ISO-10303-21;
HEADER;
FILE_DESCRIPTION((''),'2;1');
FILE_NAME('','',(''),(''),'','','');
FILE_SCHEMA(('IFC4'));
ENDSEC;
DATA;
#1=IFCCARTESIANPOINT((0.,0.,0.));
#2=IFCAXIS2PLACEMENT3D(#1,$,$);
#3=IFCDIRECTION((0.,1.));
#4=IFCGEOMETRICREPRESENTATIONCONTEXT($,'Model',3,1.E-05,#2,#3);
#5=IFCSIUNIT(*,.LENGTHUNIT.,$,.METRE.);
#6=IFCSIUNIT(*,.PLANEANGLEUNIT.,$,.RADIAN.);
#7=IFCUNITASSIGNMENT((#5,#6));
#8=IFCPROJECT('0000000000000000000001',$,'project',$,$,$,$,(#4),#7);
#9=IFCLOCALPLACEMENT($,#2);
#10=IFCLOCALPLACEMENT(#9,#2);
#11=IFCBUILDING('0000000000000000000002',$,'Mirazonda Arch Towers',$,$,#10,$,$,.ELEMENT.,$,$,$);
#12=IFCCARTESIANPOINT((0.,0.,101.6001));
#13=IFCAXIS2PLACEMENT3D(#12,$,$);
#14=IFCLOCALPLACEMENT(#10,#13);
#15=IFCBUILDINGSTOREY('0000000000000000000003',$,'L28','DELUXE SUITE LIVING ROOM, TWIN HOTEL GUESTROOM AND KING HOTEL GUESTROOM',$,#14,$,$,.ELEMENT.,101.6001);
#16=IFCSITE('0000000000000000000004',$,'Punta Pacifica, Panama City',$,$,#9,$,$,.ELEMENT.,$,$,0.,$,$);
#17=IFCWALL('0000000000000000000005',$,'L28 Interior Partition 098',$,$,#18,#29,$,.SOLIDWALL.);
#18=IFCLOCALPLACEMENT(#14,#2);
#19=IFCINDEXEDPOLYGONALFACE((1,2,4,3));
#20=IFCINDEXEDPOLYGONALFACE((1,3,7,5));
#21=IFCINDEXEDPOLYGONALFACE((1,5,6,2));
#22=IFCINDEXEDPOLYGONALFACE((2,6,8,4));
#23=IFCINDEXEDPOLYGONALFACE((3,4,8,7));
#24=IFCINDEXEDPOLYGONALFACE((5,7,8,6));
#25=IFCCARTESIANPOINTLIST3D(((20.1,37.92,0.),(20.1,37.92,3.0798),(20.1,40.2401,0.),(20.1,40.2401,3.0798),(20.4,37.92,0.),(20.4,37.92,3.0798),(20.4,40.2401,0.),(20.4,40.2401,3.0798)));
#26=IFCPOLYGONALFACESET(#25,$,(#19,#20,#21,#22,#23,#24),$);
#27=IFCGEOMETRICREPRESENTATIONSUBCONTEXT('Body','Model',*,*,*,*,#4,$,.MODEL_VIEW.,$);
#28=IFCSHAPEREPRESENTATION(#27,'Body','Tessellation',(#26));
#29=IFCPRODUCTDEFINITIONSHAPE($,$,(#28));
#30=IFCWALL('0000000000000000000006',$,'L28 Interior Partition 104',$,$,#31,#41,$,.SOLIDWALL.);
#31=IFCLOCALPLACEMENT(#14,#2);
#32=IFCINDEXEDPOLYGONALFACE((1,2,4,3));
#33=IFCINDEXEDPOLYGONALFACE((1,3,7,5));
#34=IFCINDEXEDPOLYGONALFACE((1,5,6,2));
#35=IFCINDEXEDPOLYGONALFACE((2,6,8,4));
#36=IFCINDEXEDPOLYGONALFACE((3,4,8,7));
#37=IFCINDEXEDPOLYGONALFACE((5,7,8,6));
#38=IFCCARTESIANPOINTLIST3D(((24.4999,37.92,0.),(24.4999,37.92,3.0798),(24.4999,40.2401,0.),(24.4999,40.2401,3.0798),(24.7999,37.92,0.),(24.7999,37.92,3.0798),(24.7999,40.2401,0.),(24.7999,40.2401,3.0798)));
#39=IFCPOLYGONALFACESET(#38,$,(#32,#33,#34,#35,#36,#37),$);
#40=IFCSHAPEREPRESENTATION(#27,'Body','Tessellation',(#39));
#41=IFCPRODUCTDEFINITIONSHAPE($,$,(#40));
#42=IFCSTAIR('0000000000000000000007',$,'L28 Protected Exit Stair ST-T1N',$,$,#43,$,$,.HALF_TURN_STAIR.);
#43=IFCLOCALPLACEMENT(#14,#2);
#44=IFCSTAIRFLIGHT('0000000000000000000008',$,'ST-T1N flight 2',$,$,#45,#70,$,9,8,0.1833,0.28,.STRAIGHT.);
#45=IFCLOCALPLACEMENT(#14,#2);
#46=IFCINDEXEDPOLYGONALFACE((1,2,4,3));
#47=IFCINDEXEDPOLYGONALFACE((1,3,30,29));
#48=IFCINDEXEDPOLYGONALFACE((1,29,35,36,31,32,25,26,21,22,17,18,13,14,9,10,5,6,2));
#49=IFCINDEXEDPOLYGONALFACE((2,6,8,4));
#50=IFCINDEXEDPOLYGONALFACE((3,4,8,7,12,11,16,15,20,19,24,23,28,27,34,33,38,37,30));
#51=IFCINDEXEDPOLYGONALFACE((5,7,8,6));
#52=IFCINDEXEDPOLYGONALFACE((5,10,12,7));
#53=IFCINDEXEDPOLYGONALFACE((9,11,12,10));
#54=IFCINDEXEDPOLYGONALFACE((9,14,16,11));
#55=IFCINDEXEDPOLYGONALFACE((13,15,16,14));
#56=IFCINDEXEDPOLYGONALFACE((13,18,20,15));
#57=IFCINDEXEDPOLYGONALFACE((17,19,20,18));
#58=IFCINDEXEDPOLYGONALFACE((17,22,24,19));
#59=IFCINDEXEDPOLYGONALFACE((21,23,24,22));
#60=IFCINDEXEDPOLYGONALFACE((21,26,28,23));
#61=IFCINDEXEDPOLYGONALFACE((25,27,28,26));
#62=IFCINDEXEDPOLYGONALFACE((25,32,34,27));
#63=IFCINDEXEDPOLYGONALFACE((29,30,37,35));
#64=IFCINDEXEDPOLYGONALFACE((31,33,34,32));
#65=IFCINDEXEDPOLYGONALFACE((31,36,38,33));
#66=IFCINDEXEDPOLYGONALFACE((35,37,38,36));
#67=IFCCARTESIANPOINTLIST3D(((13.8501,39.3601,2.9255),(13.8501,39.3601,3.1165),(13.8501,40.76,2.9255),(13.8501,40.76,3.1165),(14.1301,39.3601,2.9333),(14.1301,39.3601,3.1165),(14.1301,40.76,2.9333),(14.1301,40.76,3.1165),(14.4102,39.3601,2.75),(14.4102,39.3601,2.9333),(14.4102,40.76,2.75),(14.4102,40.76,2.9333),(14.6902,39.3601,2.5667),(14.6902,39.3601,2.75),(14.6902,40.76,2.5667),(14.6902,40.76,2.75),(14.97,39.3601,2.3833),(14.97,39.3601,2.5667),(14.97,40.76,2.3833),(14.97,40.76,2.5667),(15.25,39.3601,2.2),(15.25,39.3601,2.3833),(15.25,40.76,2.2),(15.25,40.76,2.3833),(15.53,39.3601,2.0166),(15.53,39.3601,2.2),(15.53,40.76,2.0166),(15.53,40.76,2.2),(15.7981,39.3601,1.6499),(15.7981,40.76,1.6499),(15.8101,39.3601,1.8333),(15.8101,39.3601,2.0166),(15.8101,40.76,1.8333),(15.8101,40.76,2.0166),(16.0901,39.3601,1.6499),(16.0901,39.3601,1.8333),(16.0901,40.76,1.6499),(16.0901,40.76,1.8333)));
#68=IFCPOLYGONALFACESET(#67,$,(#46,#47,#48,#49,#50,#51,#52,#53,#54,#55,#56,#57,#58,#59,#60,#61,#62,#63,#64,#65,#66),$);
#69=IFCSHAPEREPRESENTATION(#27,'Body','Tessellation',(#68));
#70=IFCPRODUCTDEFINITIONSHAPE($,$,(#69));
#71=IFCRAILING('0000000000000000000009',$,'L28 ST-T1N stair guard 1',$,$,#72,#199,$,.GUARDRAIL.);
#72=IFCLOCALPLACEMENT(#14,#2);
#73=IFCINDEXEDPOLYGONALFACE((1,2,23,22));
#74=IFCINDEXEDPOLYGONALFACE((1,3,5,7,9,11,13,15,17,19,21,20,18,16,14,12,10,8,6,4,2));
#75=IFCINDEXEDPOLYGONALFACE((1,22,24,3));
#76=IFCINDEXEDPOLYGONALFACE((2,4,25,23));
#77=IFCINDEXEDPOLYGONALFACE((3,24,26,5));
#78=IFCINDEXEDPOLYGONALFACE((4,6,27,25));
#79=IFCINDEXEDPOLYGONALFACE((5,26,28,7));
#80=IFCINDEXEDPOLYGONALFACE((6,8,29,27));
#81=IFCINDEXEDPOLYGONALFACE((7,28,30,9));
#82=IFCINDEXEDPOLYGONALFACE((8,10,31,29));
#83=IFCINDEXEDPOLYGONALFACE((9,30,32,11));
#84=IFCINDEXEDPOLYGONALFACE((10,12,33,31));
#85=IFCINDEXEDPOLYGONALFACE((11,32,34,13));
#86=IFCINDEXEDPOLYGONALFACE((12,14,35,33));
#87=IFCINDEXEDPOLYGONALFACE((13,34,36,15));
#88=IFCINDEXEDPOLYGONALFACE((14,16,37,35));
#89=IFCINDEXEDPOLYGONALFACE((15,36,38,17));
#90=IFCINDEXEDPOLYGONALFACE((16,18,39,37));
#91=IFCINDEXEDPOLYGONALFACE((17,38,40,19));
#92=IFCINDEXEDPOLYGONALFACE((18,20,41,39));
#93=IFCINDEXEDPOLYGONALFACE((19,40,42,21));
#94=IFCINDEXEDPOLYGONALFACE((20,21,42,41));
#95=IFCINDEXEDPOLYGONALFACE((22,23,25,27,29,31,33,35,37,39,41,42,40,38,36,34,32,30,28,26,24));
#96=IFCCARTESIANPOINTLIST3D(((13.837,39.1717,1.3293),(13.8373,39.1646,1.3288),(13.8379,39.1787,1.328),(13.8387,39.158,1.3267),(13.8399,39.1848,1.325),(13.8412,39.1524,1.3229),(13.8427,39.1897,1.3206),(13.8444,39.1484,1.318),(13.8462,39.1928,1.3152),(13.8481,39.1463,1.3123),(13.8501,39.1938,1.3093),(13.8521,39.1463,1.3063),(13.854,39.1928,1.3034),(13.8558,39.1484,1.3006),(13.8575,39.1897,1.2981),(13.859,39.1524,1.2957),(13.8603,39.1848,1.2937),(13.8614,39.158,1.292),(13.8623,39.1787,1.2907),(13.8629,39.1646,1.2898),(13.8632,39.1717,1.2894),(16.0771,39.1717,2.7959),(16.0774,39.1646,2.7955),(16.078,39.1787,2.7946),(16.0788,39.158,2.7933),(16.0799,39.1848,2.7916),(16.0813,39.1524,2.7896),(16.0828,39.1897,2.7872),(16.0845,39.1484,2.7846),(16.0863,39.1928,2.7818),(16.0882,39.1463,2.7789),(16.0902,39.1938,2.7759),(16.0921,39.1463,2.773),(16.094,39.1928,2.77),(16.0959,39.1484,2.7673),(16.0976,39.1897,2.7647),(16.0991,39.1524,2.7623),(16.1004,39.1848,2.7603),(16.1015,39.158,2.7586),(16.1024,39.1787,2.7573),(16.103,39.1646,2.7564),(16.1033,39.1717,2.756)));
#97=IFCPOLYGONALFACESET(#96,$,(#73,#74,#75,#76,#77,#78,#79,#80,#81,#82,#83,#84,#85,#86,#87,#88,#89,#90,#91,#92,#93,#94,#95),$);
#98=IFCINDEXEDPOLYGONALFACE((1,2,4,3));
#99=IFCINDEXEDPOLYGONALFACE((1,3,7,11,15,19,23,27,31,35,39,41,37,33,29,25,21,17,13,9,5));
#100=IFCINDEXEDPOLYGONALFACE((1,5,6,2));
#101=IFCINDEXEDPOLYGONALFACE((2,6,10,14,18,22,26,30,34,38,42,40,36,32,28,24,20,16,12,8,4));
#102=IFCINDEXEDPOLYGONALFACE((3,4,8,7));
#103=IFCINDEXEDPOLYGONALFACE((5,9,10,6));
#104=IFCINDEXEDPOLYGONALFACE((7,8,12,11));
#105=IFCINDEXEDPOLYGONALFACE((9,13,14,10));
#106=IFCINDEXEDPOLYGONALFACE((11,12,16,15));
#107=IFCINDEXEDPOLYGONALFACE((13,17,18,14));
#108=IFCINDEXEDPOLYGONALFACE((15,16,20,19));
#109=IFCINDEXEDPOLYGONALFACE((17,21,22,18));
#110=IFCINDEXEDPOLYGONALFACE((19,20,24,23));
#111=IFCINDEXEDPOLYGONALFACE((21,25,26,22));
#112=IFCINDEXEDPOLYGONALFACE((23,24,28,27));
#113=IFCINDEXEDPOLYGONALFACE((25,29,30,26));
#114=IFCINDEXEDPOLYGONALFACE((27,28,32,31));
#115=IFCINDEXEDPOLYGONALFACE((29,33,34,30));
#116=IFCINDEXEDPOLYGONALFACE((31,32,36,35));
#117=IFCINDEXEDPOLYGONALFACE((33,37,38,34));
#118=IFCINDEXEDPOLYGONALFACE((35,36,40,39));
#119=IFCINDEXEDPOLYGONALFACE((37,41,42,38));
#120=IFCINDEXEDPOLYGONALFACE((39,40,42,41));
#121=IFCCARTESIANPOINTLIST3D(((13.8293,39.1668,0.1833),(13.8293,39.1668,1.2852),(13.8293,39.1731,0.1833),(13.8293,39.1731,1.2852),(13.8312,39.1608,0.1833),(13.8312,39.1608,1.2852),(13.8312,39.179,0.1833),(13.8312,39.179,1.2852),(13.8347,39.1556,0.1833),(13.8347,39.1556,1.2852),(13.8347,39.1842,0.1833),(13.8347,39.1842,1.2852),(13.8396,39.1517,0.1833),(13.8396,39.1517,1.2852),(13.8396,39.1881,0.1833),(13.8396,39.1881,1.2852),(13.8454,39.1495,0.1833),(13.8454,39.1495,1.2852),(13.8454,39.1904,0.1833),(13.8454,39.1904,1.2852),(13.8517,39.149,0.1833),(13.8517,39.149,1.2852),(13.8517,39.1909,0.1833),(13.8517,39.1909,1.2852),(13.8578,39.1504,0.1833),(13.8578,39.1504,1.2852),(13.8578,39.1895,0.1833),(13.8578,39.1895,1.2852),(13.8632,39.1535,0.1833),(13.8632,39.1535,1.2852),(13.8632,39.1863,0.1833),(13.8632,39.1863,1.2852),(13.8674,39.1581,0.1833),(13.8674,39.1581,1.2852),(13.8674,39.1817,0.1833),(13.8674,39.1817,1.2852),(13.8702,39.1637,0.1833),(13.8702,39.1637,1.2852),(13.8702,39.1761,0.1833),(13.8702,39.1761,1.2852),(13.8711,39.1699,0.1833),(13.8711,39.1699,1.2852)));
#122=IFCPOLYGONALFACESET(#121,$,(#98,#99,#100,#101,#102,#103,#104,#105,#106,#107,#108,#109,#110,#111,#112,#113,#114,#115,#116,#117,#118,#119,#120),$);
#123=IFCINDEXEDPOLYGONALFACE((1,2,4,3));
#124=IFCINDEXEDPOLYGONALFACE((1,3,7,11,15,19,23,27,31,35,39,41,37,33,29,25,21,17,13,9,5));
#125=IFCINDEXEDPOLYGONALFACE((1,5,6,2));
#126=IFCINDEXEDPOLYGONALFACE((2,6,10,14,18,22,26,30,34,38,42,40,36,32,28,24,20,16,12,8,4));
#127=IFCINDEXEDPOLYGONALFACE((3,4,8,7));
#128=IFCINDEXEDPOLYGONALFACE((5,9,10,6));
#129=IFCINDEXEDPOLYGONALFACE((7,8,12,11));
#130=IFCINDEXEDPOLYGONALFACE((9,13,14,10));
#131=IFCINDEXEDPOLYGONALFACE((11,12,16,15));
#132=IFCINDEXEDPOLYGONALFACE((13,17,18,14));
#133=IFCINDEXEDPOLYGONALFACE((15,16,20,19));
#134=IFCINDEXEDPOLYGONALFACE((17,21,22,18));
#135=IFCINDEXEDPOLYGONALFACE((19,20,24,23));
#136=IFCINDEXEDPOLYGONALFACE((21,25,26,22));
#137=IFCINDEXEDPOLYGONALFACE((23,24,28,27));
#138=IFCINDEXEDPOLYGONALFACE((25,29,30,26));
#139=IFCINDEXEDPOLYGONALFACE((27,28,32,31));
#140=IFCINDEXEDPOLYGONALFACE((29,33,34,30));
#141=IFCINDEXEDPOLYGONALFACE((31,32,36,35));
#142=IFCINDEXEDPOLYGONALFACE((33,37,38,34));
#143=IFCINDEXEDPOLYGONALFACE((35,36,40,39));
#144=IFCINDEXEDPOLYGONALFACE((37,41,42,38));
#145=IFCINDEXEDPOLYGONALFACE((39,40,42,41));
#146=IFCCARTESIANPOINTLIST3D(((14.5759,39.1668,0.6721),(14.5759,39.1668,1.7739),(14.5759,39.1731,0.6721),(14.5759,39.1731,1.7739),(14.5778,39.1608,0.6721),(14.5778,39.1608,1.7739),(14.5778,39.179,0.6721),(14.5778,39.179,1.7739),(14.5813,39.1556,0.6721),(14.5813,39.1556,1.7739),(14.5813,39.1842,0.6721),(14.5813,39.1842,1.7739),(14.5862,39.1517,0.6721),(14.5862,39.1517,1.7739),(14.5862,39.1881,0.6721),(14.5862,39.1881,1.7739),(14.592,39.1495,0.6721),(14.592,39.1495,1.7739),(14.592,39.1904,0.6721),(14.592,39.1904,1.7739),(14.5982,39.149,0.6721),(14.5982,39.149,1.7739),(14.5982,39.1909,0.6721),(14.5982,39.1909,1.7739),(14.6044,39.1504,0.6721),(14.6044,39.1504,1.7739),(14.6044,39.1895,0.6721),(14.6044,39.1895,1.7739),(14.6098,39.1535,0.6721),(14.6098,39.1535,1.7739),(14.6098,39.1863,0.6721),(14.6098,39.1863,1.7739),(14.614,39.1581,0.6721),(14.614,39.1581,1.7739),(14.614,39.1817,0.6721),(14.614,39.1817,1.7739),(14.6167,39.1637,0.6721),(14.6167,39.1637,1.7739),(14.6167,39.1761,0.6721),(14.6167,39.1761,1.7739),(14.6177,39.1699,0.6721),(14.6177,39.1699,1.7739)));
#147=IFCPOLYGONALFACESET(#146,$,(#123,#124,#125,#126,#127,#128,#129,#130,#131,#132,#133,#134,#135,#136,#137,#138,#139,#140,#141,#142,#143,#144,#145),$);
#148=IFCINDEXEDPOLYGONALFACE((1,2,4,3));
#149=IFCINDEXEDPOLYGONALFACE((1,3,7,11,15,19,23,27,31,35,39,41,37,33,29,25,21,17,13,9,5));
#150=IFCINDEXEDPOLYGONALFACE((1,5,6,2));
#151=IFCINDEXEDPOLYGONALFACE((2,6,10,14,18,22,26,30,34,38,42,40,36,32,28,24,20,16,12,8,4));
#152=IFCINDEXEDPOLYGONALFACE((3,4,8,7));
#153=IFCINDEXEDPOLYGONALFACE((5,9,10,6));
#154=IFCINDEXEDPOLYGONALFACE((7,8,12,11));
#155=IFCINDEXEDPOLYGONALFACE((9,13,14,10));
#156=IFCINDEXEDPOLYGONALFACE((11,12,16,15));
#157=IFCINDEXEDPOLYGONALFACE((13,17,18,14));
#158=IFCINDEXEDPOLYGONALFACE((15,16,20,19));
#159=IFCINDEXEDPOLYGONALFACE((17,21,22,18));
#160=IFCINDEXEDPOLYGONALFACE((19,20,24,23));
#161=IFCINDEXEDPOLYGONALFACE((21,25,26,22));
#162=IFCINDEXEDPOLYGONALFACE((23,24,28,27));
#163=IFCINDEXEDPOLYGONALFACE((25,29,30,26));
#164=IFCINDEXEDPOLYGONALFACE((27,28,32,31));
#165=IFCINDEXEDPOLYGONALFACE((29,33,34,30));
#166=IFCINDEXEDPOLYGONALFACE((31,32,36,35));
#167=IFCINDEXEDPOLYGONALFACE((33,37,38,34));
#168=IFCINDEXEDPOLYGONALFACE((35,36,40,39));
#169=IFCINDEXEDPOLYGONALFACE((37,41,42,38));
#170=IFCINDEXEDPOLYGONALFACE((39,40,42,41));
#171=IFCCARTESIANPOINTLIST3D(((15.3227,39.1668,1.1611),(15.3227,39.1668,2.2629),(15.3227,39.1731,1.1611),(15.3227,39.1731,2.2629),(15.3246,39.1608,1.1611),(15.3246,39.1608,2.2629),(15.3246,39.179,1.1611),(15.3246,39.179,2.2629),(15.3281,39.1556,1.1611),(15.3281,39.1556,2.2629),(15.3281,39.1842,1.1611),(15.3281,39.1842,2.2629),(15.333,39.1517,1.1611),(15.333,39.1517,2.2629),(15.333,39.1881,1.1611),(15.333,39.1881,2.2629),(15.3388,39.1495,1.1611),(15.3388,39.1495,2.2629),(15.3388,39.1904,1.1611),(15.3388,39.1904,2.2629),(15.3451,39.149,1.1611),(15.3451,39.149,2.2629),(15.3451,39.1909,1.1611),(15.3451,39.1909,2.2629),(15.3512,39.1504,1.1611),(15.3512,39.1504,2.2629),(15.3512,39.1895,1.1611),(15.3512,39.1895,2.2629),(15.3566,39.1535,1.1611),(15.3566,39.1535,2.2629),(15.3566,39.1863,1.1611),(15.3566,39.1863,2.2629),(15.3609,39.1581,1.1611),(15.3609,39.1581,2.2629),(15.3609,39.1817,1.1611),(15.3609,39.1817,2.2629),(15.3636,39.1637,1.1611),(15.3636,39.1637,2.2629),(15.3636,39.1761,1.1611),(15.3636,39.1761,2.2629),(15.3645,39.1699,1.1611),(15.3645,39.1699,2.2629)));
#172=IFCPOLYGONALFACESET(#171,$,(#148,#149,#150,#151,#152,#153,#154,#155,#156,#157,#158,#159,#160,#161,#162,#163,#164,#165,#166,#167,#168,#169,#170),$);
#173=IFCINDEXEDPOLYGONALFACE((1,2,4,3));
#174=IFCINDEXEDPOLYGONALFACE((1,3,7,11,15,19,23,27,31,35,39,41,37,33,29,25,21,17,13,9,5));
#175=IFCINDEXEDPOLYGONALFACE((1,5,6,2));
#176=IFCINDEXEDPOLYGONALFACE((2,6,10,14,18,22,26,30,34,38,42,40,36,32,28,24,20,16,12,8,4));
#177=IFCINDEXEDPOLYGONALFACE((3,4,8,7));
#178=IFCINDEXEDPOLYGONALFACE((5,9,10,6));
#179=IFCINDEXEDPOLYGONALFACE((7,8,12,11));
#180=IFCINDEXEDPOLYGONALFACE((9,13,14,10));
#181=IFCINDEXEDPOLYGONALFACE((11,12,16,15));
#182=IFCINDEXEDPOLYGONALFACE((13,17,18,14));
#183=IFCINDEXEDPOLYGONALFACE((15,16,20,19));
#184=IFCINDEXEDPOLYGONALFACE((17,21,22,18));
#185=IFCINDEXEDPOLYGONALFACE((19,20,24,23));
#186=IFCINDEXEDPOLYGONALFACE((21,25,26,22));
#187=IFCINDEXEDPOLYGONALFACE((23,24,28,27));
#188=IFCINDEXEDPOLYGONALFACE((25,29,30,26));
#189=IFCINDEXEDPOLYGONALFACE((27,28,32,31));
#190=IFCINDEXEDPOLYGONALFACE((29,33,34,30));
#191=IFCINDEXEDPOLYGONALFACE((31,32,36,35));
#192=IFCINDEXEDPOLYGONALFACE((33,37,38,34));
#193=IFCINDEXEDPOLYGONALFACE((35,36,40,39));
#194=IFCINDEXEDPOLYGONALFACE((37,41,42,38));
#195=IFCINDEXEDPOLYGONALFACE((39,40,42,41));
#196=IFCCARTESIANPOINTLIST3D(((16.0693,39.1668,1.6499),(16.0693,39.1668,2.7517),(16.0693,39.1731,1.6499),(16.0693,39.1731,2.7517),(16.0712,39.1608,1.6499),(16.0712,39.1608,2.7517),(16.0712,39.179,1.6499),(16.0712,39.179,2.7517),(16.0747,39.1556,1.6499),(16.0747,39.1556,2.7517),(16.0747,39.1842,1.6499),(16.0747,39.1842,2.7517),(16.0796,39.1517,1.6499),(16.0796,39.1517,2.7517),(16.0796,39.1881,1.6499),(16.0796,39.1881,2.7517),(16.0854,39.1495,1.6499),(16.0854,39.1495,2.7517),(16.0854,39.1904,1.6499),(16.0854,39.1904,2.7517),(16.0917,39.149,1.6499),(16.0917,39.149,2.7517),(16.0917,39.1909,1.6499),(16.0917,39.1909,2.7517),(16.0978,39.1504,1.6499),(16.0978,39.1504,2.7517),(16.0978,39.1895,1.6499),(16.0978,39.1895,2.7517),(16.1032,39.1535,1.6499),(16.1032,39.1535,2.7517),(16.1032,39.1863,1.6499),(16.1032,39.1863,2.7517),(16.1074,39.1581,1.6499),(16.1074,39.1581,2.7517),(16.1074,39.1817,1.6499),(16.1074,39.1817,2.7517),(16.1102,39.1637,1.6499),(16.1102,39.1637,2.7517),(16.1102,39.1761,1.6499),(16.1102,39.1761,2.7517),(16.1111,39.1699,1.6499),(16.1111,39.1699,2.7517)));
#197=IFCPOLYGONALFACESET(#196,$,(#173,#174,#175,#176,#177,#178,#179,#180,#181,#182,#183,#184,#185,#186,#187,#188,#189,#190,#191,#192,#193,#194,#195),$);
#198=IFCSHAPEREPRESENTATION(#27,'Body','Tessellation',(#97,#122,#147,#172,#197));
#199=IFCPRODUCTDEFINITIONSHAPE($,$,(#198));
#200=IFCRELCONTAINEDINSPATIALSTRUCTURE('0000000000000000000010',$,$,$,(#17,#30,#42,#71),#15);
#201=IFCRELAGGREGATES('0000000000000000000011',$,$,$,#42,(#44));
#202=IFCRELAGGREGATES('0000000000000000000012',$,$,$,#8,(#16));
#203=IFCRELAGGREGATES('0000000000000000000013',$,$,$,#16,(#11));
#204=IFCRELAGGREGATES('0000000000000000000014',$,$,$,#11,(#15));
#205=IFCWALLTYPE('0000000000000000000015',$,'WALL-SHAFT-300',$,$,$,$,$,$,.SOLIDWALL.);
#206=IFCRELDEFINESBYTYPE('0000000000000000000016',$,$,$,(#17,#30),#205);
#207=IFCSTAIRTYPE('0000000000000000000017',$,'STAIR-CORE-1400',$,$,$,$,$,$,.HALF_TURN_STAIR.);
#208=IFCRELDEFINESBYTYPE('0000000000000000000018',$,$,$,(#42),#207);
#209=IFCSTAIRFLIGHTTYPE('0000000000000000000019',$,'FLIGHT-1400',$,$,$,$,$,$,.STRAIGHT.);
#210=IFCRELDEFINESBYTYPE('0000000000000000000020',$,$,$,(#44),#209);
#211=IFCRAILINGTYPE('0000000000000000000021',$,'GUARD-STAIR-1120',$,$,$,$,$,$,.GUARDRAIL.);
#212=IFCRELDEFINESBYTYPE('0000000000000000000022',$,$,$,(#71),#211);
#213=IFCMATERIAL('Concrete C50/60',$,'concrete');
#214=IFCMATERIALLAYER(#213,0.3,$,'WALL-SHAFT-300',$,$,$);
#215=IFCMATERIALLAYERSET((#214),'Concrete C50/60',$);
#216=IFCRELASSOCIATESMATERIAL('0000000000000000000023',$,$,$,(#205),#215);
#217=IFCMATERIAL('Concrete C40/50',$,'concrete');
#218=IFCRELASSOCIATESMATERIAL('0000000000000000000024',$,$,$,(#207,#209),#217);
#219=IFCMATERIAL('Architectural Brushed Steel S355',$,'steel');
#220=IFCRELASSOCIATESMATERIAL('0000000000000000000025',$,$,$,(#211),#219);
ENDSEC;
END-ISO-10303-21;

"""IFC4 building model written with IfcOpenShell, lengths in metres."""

from ifc_helpers import new_model, si_unit, direction, frame, frame_2d, origin, origin_2d, place, context, subcontext, project, spatial, polyline, rectangle, circle, outline, extrude, material, layer, layer_set, type_object, element, aggregate, save


model = new_model("IFC4")

# Units and contexts
model_context = context("Model", 3, precision=1e-05, world=origin(), true_north=direction((0.0, 1.0)))
body_context = subcontext(model_context, "Body", "Model", "MODEL_VIEW")
ifc_project = project(units=[si_unit("LENGTHUNIT", "METRE"), si_unit("PLANEANGLEUNIT", "RADIAN")], contexts=[model_context])

# Site, building, storey
site_placement = place(None, origin())
site = spatial("IfcSite", under=ifc_project, at=site_placement, Name="Punta Pacifica, Panama City", CompositionType="ELEMENT", RefElevation=0.0)
building_placement = place(site_placement, origin())
building = spatial("IfcBuilding", under=site, at=building_placement, Name="Mirazonda Arch Towers", CompositionType="ELEMENT")
storey_placement = place(building_placement, frame((0.0, 0.0, 101.6001)))
storey = spatial("IfcBuildingStorey", under=building, at=storey_placement, Name="L28", Description="DELUXE SUITE LIVING ROOM, TWIN HOTEL GUESTROOM AND KING HOTEL GUESTROOM", CompositionType="ELEMENT", Elevation=101.6001)

# Shared definitions
ifc_material_1 = material(Name="Concrete C50/60", Category="concrete")

# Shared definitions
ifc_material_2 = material(Name="Concrete C40/50", Category="concrete")

# Shared definitions
ifc_material_3 = material(Name="Architectural Brushed Steel S355", Category="steel")

# Walls
ifc_layer_1 = layer(ifc_material_1, 0.3, Name="WALL-SHAFT-300")
ifc_layer_set_1 = layer_set([ifc_layer_1], Name="Concrete C50/60")
wall_type_1 = type_object("IfcWallType", Name="WALL-SHAFT-300", PredefinedType="SOLIDWALL", material=ifc_layer_set_1)
for number, where, z_axis, x_axis, name in (
    (1, (20.25, 37.9199, 0.0), (0.0, 0.0, 1.0), (0.0, 1.0, 0.0), "L28 Interior Partition 098"),
    (2, (24.6499, 37.9199, 0.0), (0.0, 0.0, 1.0), (0.0, 1.0, 0.0), "L28 Interior Partition 104"),
):
    element("IfcWall", number, at=place(storey_placement, frame(where, z_axis=z_axis, x_axis=x_axis)), inside=storey, type_object=wall_type_1, Name=name, PredefinedType="SOLIDWALL", context=body_context, shape_type="SweptSolid", body=[
        extrude(rectangle(XDim=2.3201, YDim=0.3, at=frame_2d((1.1602, 0.0))), origin(), (0.0, 0.0, 1.0), 3.0798),
    ])

# Stair, stair flight
stair_type = type_object("IfcStairType", Name="STAIR-CORE-1400", PredefinedType="HALF_TURN_STAIR", material=ifc_material_2)
stair_placement = place(storey_placement, origin())
stair = element("IfcStair", 3, at=stair_placement, inside=storey, type_object=stair_type, Name="L28 Protected Exit Stair ST-T1N", PredefinedType="HALF_TURN_STAIR")
stair_flight_type = type_object("IfcStairFlightType", Name="FLIGHT-1400", PredefinedType="STRAIGHT", material=ifc_material_2)
stair_flight_placement = place(storey_placement, frame((16.0901, 40.0601, 1.6499), z_axis=(0.0, 0.0, 1.0), x_axis=(-1.0, 0.0, 0.0)))
stair_flight = element("IfcStairFlight", 4, at=stair_flight_placement, type_object=stair_flight_type, Name="ST-T1N flight 2", NumberOfRisers=9, NumberOfTreads=8, PredefinedType="STRAIGHT", RiserHeight=0.1833, TreadLength=0.28, context=body_context, shape_type="SweptSolid", body=[
    extrude(outline(polyline([(0.0, 0.0), (0.0, 0.1833), (0.28, 0.1833), (0.28, 0.3667), (0.5601, 0.3667), (0.5601, 0.55), (0.8401, 0.55), (0.8401, 0.7334), (1.1201, 0.7334), (1.1201, 0.9167), (1.3999, 0.9167), (1.3999, 1.1001), (1.6799, 1.1001), (1.6799, 1.2834), (1.96, 1.2834), (1.96, 1.4666), (2.24, 1.4666), (2.24, 1.6499), (2.24, 1.2756), (0.292, 0.0), (0.0, 0.0)])), frame((0.0, 0.7, 0.0), z_axis=(0.0, -1.0, 0.0), x_axis=(1.0, 0.0, 0.0)), (0.0, 0.0, 1.0), 1.3999),
])
aggregate(stair, [stair_flight])

# Railing
railing_type_1 = type_object("IfcRailingType", Name="GUARD-STAIR-1120", PredefinedType="GUARDRAIL", material=ifc_material_3)
railing_1_placement = place(storey_placement, frame((13.8501, 39.1699, 0.1833)))
element("IfcRailing", 5, at=railing_1_placement, inside=storey, type_object=railing_type_1, Name="L28 ST-T1N stair guard 1", PredefinedType="GUARDRAIL", context=body_context, shape_type="SweptSolid", body=[
    extrude(circle(Radius=0.0239, at=origin_2d()), frame((0.0, 0.0, 1.126), z_axis=(0.836637, 0.0, 0.547758), x_axis=(0.0, 1.0, 0.0)), (0.0, 0.0, 1.0), 2.6775),
    extrude(circle(Radius=0.021, at=origin_2d()), origin(), (0.0, 0.0, 1.0), 1.1018),
    extrude(circle(Radius=0.021, at=origin_2d()), frame((0.7466, 0.0, 0.4888)), (0.0, 0.0, 1.0), 1.1018),
    extrude(circle(Radius=0.021, at=origin_2d()), frame((1.4934, 0.0, 0.9778)), (0.0, 0.0, 1.0), 1.1018),
    extrude(circle(Radius=0.021, at=origin_2d()), frame((2.24, 0.0, 1.4666)), (0.0, 0.0, 1.0), 1.1018),
])

save(model, "model.ifc")
